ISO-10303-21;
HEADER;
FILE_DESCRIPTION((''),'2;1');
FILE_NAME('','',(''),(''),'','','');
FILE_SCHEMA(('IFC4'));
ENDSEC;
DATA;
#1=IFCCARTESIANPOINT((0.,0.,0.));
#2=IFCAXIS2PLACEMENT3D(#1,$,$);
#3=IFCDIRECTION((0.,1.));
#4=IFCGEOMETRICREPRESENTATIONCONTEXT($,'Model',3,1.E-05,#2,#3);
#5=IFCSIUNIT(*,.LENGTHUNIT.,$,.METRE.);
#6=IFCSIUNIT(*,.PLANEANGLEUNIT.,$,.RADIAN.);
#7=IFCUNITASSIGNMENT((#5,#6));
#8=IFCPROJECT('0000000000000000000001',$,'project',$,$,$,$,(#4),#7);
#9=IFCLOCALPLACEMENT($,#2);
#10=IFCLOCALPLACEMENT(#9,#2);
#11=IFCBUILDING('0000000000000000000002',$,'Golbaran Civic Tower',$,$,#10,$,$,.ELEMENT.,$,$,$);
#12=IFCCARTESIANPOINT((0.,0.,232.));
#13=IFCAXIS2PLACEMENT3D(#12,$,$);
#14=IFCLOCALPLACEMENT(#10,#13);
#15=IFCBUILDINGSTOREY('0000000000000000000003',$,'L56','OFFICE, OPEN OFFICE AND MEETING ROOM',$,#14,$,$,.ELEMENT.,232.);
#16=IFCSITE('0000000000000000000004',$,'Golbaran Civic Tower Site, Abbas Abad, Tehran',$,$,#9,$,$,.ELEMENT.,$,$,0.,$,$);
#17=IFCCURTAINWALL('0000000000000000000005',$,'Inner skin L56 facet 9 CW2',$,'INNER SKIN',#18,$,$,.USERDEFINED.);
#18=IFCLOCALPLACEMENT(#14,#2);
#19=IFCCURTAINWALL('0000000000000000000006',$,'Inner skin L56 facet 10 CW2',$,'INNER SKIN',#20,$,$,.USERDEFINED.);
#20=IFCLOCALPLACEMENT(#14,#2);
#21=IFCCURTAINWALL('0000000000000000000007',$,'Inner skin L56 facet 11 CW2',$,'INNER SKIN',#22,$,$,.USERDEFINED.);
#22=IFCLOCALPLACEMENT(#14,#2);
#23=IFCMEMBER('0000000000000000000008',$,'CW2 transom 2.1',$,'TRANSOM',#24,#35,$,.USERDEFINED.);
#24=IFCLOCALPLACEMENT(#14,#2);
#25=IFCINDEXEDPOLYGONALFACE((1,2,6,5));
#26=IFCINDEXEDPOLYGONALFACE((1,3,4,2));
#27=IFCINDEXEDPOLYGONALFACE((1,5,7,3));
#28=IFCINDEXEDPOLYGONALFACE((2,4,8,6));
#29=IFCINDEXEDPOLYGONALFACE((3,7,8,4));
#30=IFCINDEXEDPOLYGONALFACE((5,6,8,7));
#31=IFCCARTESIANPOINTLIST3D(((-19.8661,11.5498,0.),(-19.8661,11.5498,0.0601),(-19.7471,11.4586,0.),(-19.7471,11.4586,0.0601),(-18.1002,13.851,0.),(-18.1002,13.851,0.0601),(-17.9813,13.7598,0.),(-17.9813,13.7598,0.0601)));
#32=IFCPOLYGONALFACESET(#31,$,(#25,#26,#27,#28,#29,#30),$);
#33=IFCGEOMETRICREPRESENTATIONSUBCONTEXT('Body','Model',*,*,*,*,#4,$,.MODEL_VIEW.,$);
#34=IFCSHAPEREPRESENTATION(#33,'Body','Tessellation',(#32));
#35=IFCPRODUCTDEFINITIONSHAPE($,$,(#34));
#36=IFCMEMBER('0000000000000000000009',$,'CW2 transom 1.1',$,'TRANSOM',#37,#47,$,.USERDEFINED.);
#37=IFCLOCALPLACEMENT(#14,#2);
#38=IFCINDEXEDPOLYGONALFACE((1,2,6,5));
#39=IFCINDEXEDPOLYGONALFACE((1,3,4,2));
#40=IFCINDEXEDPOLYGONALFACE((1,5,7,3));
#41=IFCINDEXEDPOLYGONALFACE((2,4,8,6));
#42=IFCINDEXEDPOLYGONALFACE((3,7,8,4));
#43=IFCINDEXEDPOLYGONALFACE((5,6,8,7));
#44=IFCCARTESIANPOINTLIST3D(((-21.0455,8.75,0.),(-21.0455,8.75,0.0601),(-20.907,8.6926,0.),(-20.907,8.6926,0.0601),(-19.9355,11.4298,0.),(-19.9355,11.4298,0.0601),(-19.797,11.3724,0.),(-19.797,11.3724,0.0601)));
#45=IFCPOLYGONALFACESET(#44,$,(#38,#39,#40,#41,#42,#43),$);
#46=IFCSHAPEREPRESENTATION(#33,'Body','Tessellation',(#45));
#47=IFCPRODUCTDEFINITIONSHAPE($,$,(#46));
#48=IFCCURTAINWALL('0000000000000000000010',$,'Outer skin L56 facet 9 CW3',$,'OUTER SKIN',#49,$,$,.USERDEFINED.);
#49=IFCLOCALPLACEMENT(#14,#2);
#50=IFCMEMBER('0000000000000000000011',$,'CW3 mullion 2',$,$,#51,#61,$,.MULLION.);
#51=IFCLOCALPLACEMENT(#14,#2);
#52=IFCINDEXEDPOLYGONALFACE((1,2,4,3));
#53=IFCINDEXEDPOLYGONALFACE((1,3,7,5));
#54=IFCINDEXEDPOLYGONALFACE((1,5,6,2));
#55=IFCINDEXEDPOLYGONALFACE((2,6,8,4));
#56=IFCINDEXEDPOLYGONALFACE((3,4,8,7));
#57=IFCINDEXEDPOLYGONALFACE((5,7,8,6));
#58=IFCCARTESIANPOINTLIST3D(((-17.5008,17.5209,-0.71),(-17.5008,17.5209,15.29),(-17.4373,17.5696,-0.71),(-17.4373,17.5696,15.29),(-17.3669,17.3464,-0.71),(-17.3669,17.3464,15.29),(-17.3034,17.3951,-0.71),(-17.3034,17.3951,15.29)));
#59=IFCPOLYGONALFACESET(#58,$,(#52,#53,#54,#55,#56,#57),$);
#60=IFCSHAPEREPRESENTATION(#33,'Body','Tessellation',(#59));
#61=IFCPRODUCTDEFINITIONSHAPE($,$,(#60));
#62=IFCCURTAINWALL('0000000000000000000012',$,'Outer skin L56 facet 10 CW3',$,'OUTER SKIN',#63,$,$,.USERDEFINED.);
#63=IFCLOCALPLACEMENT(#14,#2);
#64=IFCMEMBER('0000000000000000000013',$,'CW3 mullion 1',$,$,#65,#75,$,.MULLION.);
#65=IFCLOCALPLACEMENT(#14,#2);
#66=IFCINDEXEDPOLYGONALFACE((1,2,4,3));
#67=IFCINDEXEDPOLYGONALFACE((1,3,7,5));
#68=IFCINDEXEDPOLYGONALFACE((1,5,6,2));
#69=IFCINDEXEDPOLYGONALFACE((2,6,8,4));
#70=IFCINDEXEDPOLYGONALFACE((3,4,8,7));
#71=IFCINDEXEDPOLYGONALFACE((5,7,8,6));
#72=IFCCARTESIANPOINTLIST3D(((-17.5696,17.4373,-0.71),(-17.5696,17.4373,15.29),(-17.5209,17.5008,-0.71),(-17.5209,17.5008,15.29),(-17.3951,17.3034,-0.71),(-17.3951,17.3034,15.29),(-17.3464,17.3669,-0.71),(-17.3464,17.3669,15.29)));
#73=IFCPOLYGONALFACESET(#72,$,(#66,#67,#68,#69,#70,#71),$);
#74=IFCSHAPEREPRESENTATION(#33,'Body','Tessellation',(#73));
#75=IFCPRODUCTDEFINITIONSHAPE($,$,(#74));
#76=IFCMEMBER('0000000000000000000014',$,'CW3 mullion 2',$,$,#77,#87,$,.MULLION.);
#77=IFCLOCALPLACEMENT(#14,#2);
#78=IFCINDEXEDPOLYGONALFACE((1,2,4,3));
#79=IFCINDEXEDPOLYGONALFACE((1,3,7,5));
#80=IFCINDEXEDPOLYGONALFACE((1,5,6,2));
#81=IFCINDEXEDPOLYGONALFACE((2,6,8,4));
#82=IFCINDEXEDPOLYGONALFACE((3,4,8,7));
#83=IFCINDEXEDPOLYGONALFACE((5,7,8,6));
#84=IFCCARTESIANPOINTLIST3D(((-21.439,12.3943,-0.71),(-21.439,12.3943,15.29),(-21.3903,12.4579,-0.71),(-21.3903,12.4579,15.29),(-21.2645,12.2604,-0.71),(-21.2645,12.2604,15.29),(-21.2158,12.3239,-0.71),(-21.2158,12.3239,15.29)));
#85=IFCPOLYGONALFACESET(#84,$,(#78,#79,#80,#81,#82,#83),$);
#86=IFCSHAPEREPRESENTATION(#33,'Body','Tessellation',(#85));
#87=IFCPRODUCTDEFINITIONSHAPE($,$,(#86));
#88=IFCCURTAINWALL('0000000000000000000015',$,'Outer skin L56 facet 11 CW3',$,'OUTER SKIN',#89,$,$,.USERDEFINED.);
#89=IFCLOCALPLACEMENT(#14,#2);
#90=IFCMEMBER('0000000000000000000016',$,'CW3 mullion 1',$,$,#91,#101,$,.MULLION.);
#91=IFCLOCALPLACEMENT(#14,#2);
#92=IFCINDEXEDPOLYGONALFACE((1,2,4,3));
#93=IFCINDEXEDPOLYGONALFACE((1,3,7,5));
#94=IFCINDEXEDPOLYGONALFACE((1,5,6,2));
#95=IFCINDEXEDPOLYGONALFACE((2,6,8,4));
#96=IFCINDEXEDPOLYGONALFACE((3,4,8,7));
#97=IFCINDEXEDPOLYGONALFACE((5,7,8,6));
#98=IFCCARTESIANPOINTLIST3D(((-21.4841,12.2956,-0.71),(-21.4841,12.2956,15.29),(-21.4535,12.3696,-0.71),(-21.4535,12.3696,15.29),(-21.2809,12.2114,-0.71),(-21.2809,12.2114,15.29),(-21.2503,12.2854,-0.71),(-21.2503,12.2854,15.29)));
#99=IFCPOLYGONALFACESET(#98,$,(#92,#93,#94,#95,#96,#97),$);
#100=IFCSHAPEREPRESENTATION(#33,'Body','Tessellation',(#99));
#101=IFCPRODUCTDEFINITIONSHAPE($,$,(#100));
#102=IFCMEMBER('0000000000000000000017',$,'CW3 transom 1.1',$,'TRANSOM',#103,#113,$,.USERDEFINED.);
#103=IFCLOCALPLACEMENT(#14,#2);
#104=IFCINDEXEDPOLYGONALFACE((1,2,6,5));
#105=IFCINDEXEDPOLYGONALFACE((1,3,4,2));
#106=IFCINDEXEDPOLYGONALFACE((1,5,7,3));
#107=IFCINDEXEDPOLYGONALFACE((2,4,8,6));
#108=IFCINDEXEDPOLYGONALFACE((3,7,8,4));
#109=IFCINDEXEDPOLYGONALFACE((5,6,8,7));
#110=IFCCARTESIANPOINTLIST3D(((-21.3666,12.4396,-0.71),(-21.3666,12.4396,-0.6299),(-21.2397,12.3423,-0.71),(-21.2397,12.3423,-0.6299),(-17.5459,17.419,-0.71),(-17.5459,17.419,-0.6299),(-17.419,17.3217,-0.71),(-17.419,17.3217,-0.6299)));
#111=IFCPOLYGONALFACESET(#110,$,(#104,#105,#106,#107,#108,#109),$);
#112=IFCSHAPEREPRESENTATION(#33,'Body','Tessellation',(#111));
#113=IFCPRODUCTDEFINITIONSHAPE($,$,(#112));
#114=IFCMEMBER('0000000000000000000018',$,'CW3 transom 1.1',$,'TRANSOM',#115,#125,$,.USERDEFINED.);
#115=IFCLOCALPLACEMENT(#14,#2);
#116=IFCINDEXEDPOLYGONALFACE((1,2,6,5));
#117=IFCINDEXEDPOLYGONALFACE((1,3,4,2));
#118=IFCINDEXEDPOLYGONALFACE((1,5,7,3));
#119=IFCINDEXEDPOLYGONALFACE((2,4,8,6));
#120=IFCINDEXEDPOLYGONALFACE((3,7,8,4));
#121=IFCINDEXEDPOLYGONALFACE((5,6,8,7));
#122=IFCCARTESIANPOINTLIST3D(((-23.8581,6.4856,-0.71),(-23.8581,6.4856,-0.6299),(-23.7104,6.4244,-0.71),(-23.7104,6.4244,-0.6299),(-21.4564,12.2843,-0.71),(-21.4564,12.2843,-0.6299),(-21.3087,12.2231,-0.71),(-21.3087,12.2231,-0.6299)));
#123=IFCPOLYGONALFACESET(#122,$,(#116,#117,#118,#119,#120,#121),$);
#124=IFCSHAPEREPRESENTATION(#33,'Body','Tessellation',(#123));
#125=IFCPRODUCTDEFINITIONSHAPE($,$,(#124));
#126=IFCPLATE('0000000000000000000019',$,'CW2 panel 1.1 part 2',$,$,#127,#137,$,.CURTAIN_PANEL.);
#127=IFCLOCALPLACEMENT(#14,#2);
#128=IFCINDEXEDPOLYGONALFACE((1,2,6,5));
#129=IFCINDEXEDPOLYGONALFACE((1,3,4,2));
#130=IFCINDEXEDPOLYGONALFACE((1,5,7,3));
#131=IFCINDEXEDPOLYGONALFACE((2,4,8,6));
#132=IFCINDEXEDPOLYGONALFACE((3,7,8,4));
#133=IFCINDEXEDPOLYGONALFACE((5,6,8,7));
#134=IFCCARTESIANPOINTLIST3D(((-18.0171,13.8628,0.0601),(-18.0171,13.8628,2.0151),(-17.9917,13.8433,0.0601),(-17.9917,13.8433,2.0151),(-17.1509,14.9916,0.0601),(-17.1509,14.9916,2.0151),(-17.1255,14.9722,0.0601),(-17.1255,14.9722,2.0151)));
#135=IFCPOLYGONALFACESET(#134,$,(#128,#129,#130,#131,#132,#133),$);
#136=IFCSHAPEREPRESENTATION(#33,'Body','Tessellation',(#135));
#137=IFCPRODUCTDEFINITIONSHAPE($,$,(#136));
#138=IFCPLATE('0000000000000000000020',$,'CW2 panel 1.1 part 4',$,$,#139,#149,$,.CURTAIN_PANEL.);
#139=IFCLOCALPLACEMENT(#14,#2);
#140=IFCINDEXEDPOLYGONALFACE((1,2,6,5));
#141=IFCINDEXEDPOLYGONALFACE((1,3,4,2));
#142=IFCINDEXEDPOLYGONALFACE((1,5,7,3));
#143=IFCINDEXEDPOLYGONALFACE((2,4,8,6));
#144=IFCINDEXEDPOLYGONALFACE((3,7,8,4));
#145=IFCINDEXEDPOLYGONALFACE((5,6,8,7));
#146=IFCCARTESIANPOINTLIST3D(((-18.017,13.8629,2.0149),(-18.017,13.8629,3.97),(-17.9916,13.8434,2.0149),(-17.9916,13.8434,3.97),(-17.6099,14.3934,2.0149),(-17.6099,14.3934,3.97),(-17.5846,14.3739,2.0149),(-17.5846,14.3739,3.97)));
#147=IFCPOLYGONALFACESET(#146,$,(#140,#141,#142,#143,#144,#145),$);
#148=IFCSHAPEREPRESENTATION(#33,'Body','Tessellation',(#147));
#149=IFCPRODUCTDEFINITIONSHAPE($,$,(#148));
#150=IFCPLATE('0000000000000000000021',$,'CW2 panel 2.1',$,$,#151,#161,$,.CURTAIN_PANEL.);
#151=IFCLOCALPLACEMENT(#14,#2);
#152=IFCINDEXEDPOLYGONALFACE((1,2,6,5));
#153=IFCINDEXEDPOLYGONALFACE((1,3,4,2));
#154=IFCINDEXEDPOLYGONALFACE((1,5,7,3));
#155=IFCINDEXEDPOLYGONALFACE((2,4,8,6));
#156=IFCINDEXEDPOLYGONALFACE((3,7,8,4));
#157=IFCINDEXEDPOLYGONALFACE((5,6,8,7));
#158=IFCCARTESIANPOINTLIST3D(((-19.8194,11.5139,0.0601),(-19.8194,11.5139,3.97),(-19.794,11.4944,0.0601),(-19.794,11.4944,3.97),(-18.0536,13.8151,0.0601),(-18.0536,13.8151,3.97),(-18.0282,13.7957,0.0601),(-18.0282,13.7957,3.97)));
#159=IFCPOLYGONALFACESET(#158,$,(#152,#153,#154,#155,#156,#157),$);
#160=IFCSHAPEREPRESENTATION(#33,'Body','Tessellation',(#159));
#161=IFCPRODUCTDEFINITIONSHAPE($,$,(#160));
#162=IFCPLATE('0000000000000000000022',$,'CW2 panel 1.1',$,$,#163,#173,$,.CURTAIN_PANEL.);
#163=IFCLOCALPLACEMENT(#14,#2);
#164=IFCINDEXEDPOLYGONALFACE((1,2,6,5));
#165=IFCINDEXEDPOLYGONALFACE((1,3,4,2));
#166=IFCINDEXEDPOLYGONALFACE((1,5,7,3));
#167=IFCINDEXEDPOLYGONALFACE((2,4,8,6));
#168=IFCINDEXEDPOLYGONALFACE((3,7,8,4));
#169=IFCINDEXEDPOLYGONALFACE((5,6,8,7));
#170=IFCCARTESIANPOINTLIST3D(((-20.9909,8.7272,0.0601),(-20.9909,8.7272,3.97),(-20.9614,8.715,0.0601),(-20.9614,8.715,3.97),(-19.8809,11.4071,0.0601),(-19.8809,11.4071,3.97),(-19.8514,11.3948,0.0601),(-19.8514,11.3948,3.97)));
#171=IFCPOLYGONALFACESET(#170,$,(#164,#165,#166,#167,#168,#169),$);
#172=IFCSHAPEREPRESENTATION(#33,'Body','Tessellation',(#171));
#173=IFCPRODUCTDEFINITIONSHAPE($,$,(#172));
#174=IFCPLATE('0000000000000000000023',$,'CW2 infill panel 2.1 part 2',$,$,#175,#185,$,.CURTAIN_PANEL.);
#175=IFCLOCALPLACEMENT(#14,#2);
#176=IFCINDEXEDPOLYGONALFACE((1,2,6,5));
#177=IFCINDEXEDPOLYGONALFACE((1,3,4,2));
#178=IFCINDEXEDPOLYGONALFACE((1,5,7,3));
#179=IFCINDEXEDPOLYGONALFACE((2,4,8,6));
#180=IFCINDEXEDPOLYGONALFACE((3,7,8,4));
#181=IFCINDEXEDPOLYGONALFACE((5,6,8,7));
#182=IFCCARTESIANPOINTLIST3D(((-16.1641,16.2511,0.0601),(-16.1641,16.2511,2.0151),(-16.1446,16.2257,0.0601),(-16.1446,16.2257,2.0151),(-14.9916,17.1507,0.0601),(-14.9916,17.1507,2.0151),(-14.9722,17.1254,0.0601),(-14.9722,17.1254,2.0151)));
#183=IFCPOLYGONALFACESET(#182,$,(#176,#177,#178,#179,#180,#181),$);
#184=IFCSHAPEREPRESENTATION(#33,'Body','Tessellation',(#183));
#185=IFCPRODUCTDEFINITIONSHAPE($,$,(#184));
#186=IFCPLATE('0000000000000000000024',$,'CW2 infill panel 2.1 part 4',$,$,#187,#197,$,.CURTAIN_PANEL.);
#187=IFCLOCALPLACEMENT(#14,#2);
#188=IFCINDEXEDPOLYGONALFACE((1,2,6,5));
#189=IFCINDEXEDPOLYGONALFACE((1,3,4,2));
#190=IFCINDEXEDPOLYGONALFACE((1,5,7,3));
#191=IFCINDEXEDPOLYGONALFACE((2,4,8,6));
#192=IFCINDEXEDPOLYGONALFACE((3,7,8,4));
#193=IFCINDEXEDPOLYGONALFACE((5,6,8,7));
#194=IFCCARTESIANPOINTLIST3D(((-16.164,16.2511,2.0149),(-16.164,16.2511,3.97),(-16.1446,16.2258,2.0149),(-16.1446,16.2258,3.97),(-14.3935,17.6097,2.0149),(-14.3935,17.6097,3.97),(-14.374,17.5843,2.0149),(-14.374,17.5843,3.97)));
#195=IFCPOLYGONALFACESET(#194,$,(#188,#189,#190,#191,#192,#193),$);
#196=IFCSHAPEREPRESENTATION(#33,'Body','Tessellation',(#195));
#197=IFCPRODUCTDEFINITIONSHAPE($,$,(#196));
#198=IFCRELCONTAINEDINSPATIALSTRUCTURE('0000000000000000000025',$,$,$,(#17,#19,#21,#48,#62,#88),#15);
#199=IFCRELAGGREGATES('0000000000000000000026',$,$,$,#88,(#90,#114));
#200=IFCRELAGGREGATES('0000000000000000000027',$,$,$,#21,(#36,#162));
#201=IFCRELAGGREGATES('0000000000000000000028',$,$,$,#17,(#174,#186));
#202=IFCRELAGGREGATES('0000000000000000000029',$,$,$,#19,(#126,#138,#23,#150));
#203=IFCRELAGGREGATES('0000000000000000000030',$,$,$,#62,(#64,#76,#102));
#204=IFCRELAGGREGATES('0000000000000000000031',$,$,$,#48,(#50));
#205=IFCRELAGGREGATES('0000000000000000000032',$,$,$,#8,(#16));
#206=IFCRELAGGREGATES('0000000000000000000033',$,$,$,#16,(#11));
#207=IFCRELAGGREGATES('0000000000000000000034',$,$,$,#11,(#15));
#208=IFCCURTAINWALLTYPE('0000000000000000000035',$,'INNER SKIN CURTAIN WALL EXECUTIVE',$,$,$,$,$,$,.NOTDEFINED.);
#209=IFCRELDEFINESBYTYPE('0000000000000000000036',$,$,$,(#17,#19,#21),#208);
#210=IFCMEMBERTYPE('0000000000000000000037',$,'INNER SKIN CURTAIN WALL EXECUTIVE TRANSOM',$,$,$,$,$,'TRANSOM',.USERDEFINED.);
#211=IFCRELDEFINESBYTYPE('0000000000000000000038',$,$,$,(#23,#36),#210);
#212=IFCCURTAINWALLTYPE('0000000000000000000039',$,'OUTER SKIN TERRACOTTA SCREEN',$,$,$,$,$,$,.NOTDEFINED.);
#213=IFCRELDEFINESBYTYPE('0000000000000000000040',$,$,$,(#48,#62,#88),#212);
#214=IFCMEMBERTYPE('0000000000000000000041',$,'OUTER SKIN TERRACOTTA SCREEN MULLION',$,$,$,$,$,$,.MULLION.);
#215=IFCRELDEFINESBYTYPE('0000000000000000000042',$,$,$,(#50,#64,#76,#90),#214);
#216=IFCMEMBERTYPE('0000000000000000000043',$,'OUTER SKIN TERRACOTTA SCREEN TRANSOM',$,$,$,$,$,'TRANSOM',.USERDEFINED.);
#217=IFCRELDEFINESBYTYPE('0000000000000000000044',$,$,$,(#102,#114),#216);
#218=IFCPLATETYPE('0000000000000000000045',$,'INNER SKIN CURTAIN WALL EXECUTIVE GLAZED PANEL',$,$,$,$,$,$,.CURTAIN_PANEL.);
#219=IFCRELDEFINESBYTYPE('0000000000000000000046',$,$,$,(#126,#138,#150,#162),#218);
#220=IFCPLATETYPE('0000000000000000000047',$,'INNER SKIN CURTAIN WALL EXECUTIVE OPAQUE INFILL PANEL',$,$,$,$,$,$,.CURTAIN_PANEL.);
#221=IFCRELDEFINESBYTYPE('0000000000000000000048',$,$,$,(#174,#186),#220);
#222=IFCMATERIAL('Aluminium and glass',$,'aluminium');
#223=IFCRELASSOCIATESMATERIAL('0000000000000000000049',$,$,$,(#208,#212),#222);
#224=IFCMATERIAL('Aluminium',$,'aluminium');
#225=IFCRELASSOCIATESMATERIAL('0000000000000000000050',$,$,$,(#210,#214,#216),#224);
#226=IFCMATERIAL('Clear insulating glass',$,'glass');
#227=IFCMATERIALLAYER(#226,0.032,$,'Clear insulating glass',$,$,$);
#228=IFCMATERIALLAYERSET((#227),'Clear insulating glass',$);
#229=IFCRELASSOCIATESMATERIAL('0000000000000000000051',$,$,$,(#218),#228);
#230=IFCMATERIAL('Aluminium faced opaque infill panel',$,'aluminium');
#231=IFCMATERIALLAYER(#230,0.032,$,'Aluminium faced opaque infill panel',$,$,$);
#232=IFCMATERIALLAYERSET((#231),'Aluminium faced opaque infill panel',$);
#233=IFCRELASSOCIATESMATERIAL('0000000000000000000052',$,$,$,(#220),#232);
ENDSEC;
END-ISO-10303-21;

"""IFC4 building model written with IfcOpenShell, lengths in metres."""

from ifc_helpers import new_model, si_unit, direction, frame, origin, origin_2d, place, context, subcontext, project, spatial, rectangle, extrude, material, layer, layer_set, material_profile, profile_set, type_object, element, aggregate, save


model = new_model("IFC4")

# Units and contexts
model_context = context("Model", 3, precision=1e-05, world=origin(), true_north=direction((0.0, 1.0)))
body_context = subcontext(model_context, "Body", "Model", "MODEL_VIEW")
ifc_project = project(units=[si_unit("LENGTHUNIT", "METRE"), si_unit("PLANEANGLEUNIT", "RADIAN")], contexts=[model_context])

# Site, building, storey
site_placement = place(None, origin())
site = spatial("IfcSite", under=ifc_project, at=site_placement, Name="Golbaran Civic Tower Site, Abbas Abad, Tehran", CompositionType="ELEMENT", RefElevation=0.0)
building_placement = place(site_placement, origin())
building = spatial("IfcBuilding", under=site, at=building_placement, Name="Golbaran Civic Tower", CompositionType="ELEMENT")
storey_placement = place(building_placement, frame((0.0, 0.0, 232.0)))
storey = spatial("IfcBuildingStorey", under=building, at=storey_placement, Name="L56", Description="OFFICE, OPEN OFFICE AND MEETING ROOM", CompositionType="ELEMENT", Elevation=232.0)

# Curtain wall
ifc_material_1 = material(Name="Aluminium and glass", Category="aluminium")
curtain_wall_type_1 = type_object("IfcCurtainWallType", Name="INNER SKIN CURTAIN WALL EXECUTIVE", PredefinedType="NOTDEFINED", material=ifc_material_1)
curtain_wall_1_placement = place(storey_placement, origin())
curtain_wall_1 = element("IfcCurtainWall", 1, at=curtain_wall_1_placement, inside=storey, type_object=curtain_wall_type_1, Name="Inner skin L56 facet 9 CW2", ObjectType="INNER SKIN", PredefinedType="USERDEFINED")
ifc_material_2 = material(Name="Aluminium", Category="aluminium")

# Curtain wall
curtain_wall_2_placement = place(storey_placement, origin())
curtain_wall_2 = element("IfcCurtainWall", 2, at=curtain_wall_2_placement, inside=storey, type_object=curtain_wall_type_1, Name="Inner skin L56 facet 10 CW2", ObjectType="INNER SKIN", PredefinedType="USERDEFINED")

# Curtain wall
curtain_wall_3_placement = place(storey_placement, origin())
curtain_wall_3 = element("IfcCurtainWall", 3, at=curtain_wall_3_placement, inside=storey, type_object=curtain_wall_type_1, Name="Inner skin L56 facet 11 CW2", ObjectType="INNER SKIN", PredefinedType="USERDEFINED")

# Members
ifc_material_profile_1 = material_profile(ifc_material_2, rectangle(XDim=0.1499, YDim=0.0601, at=origin_2d()), Name="INNER SKIN CURTAIN WALL EXECUTIVE TRANSOM")
ifc_profile_set_1 = profile_set([ifc_material_profile_1], Name="Aluminium")
member_type_1 = type_object("IfcMemberType", Name="INNER SKIN CURTAIN WALL EXECUTIVE TRANSOM", ElementType="TRANSOM", PredefinedType="USERDEFINED", material=ifc_profile_set_1)
member_1_placement = place(storey_placement, frame((-18.0408, 13.8054, 0.03), z_axis=(-0.608771, -0.793346, 0.0), x_axis=(0.793346, -0.608771, 0.0)))
member_1 = element("IfcMember", 4, at=member_1_placement, type_object=member_type_1, Name="CW2 transom 2.1", ObjectType="TRANSOM", PredefinedType="USERDEFINED", context=body_context, shape_type="SweptSolid", body=[
    extrude(rectangle(XDim=0.1499, YDim=0.0601, at=origin_2d()), origin(), (0.0, 0.0, 1.0), 2.9006),
])
member_2_placement = place(storey_placement, frame((-19.8662, 11.4011, 0.03), z_axis=(-0.382696, -0.923874, 0.0), x_axis=(0.923874, -0.382696, 0.0)))
member_2 = element("IfcMember", 5, at=member_2_placement, type_object=member_type_1, Name="CW2 transom 1.1", ObjectType="TRANSOM", PredefinedType="USERDEFINED", context=body_context, shape_type="SweptSolid", body=[
    extrude(rectangle(XDim=0.1499, YDim=0.0601, at=origin_2d()), origin(), (0.0, 0.0, 1.0), 2.9006),
])

# Curtain wall, member
curtain_wall_type_2 = type_object("IfcCurtainWallType", Name="OUTER SKIN TERRACOTTA SCREEN", PredefinedType="NOTDEFINED", material=ifc_material_1)
curtain_wall_4_placement = place(storey_placement, origin())
curtain_wall_4 = element("IfcCurtainWall", 6, at=curtain_wall_4_placement, inside=storey, type_object=curtain_wall_type_2, Name="Outer skin L56 facet 9 CW3", ObjectType="OUTER SKIN", PredefinedType="USERDEFINED")
ifc_material_profile_2 = material_profile(ifc_material_2, rectangle(XDim=0.22, YDim=0.0801, at=origin_2d()), Name="OUTER SKIN TERRACOTTA SCREEN MULLION")
ifc_profile_set_2 = profile_set([ifc_material_profile_2], Name="Aluminium")
member_type_2 = type_object("IfcMemberType", Name="OUTER SKIN TERRACOTTA SCREEN MULLION", PredefinedType="MULLION", material=ifc_profile_set_2)
member_3_placement = place(storey_placement, frame((-17.4021, 17.458, -0.71), z_axis=(0.0, 0.0, 1.0), x_axis=(0.608761, -0.793353, 0.0)))
member_3 = element("IfcMember", 7, at=member_3_placement, type_object=member_type_2, Name="CW3 mullion 2", PredefinedType="MULLION", context=body_context, shape_type="SweptSolid", body=[
    extrude(rectangle(XDim=0.22, YDim=0.0801, at=origin_2d()), origin(), (0.0, 0.0, 1.0), 16.0),
])

# Curtain wall, members
curtain_wall_5_placement = place(storey_placement, origin())
curtain_wall_5 = element("IfcCurtainWall", 8, at=curtain_wall_5_placement, inside=storey, type_object=curtain_wall_type_2, Name="Outer skin L56 facet 10 CW3", ObjectType="OUTER SKIN", PredefinedType="USERDEFINED")
member_4_placement = place(storey_placement, frame((-17.458, 17.4021, -0.71), z_axis=(0.0, 0.0, 1.0), x_axis=(0.793353, -0.608761, 0.0)))
member_4 = element("IfcMember", 9, at=member_4_placement, type_object=member_type_2, Name="CW3 mullion 1", PredefinedType="MULLION", context=body_context, shape_type="SweptSolid", body=[
    extrude(rectangle(XDim=0.22, YDim=0.0801, at=origin_2d()), origin(), (0.0, 0.0, 1.0), 16.0),
])
member_5_placement = place(storey_placement, frame((-21.3274, 12.3591, -0.71), z_axis=(0.0, 0.0, 1.0), x_axis=(0.793353, -0.608761, 0.0)))
member_5 = element("IfcMember", 10, at=member_5_placement, type_object=member_type_2, Name="CW3 mullion 2", PredefinedType="MULLION", context=body_context, shape_type="SweptSolid", body=[
    extrude(rectangle(XDim=0.22, YDim=0.0801, at=origin_2d()), origin(), (0.0, 0.0, 1.0), 16.0),
])

# Curtain wall, member
curtain_wall_6_placement = place(storey_placement, origin())
curtain_wall_6 = element("IfcCurtainWall", 11, at=curtain_wall_6_placement, inside=storey, type_object=curtain_wall_type_2, Name="Outer skin L56 facet 11 CW3", ObjectType="OUTER SKIN", PredefinedType="USERDEFINED")
member_6_placement = place(storey_placement, frame((-21.3672, 12.2905, -0.71), z_axis=(0.0, 0.0, 1.0), x_axis=(0.92388, -0.382683, 0.0)))
member_6 = element("IfcMember", 12, at=member_6_placement, type_object=member_type_2, Name="CW3 mullion 1", PredefinedType="MULLION", context=body_context, shape_type="SweptSolid", body=[
    extrude(rectangle(XDim=0.22, YDim=0.0801, at=origin_2d()), origin(), (0.0, 0.0, 1.0), 16.0),
])

# Members
ifc_material_profile_3 = material_profile(ifc_material_2, rectangle(XDim=0.1599, YDim=0.0801, at=origin_2d()), Name="OUTER SKIN TERRACOTTA SCREEN TRANSOM")
ifc_profile_set_3 = profile_set([ifc_material_profile_3], Name="Aluminium")
member_type_3 = type_object("IfcMemberType", Name="OUTER SKIN TERRACOTTA SCREEN TRANSOM", ElementType="TRANSOM", PredefinedType="USERDEFINED", material=ifc_profile_set_3)
member_7_placement = place(storey_placement, frame((-17.4824, 17.3704, -0.6699), z_axis=(-0.608752, -0.793361, 0.0), x_axis=(0.793361, -0.608752, 0.0)))
member_7 = element("IfcMember", 13, at=member_7_placement, type_object=member_type_3, Name="CW3 transom 1.1", ObjectType="TRANSOM", PredefinedType="USERDEFINED", context=body_context, shape_type="SweptSolid", body=[
    extrude(rectangle(XDim=0.1599, YDim=0.0801, at=origin_2d()), origin(), (0.0, 0.0, 1.0), 6.2764),
])
member_8_placement = place(storey_placement, frame((-21.3826, 12.2537, -0.6699), z_axis=(-0.382651, -0.923893, 0.0), x_axis=(0.923893, -0.382651, 0.0)))
member_8 = element("IfcMember", 14, at=member_8_placement, type_object=member_type_3, Name="CW3 transom 1.1", ObjectType="TRANSOM", PredefinedType="USERDEFINED", context=body_context, shape_type="SweptSolid", body=[
    extrude(rectangle(XDim=0.1599, YDim=0.0801, at=origin_2d()), origin(), (0.0, 0.0, 1.0), 6.2764),
])
aggregate(curtain_wall_6, [member_6, member_8])

# Plates
ifc_material_3 = material(Name="Clear insulating glass", Category="glass")
ifc_layer_1 = layer(ifc_material_3, 0.032, Name="Clear insulating glass")
ifc_layer_set_1 = layer_set([ifc_layer_1], Name="Clear insulating glass")
plate_type_1 = type_object("IfcPlateType", Name="INNER SKIN CURTAIN WALL EXECUTIVE GLAZED PANEL", PredefinedType="CURTAIN_PANEL", material=ifc_layer_set_1)
plate_1_placement = place(storey_placement, frame((-17.5713, 14.4175, 0.0601), z_axis=(0.0, 0.0, 1.0), x_axis=(-0.608761, -0.793353, 0.0)))
plate_1 = element("IfcPlate", 15, at=plate_1_placement, type_object=plate_type_1, Name="CW2 panel 1.1 part 2", PredefinedType="CURTAIN_PANEL", context=body_context, shape_type="SweptSolid", body=[
    extrude(rectangle(XDim=1.4229, YDim=0.032, at=origin_2d()), origin(), (0.0, 0.0, 1.0), 1.9551),
])
plate_2_placement = place(storey_placement, frame((-17.8008, 14.1184, 2.0149), z_axis=(0.0, 0.0, 1.0), x_axis=(-0.608761, -0.793353, 0.0)))
plate_2 = element("IfcPlate", 16, at=plate_2_placement, type_object=plate_type_1, Name="CW2 panel 1.1 part 4", PredefinedType="CURTAIN_PANEL", context=body_context, shape_type="SweptSolid", body=[
    extrude(rectangle(XDim=0.6687, YDim=0.032, at=origin_2d()), origin(), (0.0, 0.0, 1.0), 1.9551),
])
plate_3_placement = place(storey_placement, frame((-18.9238, 12.6548, 0.0601), z_axis=(0.0, 0.0, 1.0), x_axis=(-0.608761, -0.793353, 0.0)))
plate_3 = element("IfcPlate", 17, at=plate_3_placement, type_object=plate_type_1, Name="CW2 panel 2.1", PredefinedType="CURTAIN_PANEL", context=body_context, shape_type="SweptSolid", body=[
    extrude(rectangle(XDim=2.9006, YDim=0.032, at=origin_2d()), origin(), (0.0, 0.0, 1.0), 3.9099),
])
plate_4_placement = place(storey_placement, frame((-20.4211, 10.061, 0.0601), z_axis=(0.0, 0.0, 1.0), x_axis=(-0.382683, -0.92388, 0.0)))
plate_4 = element("IfcPlate", 18, at=plate_4_placement, type_object=plate_type_1, Name="CW2 panel 1.1", PredefinedType="CURTAIN_PANEL", context=body_context, shape_type="SweptSolid", body=[
    extrude(rectangle(XDim=2.9006, YDim=0.032, at=origin_2d()), origin(), (0.0, 0.0, 1.0), 3.9099),
])
aggregate(curtain_wall_3, [member_2, plate_4])
ifc_material_4 = material(Name="Aluminium faced opaque infill panel", Category="aluminium")
ifc_layer_2 = layer(ifc_material_4, 0.032, Name="Aluminium faced opaque infill panel")
ifc_layer_set_2 = layer_set([ifc_layer_2], Name="Aluminium faced opaque infill panel")
plate_type_2 = type_object("IfcPlateType", Name="INNER SKIN CURTAIN WALL EXECUTIVE OPAQUE INFILL PANEL", PredefinedType="CURTAIN_PANEL", material=ifc_layer_set_2)
plate_5_placement = place(storey_placement, frame((-15.5681, 16.6882, 0.0601), z_axis=(0.0, 0.0, 1.0), x_axis=(-0.793353, -0.608761, 0.0)))
plate_5 = element("IfcPlate", 19, at=plate_5_placement, type_object=plate_type_2, Name="CW2 infill panel 2.1 part 2", PredefinedType="CURTAIN_PANEL", context=body_context, shape_type="SweptSolid", body=[
    extrude(rectangle(XDim=1.4778, YDim=0.032, at=origin_2d()), origin(), (0.0, 0.0, 1.0), 1.9551),
])
plate_6_placement = place(storey_placement, frame((-15.269, 16.9177, 2.0149), z_axis=(0.0, 0.0, 1.0), x_axis=(-0.793353, -0.608761, 0.0)))
plate_6 = element("IfcPlate", 20, at=plate_6_placement, type_object=plate_type_2, Name="CW2 infill panel 2.1 part 4", PredefinedType="CURTAIN_PANEL", context=body_context, shape_type="SweptSolid", body=[
    extrude(rectangle(XDim=2.2317, YDim=0.032, at=origin_2d()), origin(), (0.0, 0.0, 1.0), 1.9551),
])
aggregate(curtain_wall_1, [plate_5, plate_6])
aggregate(curtain_wall_2, [plate_1, plate_2, member_1, plate_3])
aggregate(curtain_wall_5, [member_4, member_5, member_7])
aggregate(curtain_wall_4, [member_3])

save(model, "model.ifc")
